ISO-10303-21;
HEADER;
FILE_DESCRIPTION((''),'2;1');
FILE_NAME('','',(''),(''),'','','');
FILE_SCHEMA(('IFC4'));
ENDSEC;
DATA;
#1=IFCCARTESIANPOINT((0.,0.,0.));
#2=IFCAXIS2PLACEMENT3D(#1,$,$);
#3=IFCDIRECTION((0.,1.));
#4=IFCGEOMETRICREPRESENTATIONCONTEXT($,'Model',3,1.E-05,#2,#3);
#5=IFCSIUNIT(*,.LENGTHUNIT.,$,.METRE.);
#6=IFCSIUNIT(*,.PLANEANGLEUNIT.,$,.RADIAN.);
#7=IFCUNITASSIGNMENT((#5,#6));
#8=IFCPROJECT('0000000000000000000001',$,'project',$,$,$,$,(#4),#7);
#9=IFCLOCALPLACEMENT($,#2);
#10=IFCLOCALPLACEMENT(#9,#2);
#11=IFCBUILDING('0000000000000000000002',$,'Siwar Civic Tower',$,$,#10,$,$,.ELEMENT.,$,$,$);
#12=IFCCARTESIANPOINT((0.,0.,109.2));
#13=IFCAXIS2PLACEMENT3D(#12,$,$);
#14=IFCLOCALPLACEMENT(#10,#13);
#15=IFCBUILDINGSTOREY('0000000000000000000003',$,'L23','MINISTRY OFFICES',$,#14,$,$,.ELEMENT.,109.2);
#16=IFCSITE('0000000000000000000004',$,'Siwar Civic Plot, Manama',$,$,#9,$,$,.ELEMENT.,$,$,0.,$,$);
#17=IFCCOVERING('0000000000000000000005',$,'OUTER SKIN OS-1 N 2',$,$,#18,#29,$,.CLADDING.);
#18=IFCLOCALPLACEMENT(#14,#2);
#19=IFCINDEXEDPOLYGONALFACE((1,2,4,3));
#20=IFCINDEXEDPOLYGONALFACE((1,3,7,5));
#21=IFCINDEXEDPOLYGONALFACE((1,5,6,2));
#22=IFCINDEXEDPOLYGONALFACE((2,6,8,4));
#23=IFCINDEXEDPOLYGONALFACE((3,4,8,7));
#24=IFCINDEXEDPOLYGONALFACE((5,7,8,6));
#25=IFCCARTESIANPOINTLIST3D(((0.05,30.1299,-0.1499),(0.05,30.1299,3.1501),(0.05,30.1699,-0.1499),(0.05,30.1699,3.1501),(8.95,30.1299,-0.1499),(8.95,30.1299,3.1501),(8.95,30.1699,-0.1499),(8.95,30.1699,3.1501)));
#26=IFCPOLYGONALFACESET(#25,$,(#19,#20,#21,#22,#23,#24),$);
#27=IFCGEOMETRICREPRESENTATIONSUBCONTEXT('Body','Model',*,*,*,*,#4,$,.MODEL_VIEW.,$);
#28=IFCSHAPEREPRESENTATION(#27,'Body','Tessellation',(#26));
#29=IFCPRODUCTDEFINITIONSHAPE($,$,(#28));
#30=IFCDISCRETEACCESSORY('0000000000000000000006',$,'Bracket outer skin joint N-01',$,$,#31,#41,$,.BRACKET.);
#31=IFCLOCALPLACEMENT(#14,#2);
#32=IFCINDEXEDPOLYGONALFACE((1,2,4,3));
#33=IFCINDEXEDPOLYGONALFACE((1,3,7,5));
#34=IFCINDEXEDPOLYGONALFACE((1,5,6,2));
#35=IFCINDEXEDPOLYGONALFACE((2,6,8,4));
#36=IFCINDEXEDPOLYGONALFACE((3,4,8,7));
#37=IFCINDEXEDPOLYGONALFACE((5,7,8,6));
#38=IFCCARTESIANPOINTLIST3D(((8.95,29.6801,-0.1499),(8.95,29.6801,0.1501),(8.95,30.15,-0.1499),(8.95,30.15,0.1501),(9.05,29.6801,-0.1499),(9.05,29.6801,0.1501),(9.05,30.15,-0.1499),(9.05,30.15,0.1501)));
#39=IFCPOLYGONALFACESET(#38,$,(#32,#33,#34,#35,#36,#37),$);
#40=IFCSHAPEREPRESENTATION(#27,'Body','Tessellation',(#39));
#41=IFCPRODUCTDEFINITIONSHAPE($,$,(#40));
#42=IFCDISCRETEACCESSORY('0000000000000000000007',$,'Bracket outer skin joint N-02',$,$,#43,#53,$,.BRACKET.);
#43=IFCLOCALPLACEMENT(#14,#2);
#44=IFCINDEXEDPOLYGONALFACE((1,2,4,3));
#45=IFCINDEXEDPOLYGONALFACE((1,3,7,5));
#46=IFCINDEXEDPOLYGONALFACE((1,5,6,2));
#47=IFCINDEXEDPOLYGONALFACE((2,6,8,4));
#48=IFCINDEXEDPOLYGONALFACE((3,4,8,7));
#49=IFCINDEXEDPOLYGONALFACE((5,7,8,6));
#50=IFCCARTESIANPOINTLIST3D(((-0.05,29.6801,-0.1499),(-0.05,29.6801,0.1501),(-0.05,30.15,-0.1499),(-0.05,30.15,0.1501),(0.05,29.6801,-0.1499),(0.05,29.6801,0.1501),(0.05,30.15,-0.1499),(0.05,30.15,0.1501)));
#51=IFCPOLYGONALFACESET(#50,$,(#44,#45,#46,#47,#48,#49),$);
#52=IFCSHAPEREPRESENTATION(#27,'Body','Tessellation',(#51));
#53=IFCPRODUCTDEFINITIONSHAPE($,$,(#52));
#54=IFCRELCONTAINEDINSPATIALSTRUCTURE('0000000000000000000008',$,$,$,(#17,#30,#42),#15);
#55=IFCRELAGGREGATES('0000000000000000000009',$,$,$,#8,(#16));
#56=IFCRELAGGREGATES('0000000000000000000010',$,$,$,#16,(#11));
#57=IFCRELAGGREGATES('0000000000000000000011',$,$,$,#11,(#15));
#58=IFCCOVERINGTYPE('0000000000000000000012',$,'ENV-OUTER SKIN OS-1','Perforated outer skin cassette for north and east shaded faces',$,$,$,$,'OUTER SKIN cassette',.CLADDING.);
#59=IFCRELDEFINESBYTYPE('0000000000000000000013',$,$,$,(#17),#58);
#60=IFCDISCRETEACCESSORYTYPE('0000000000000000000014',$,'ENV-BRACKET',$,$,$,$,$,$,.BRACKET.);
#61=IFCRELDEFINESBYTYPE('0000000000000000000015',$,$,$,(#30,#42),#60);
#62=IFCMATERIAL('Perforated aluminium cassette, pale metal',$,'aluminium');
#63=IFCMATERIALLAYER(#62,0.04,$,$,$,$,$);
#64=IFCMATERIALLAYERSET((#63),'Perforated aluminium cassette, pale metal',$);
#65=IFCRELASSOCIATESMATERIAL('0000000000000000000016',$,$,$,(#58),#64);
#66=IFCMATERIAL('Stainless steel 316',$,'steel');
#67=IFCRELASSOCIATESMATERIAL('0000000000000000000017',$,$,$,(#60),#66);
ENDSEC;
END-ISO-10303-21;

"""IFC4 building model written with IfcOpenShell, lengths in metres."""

from ifc_helpers import new_model, si_unit, direction, frame, origin, origin_2d, place, context, subcontext, project, spatial, rectangle, extrude, material, layer, layer_set, type_object, element, save


model = new_model("IFC4")

# Units and contexts
model_context = context("Model", 3, precision=1e-05, world=origin(), true_north=direction((0.0, 1.0)))
body_context = subcontext(model_context, "Body", "Model", "MODEL_VIEW")
ifc_project = project(units=[si_unit("LENGTHUNIT", "METRE"), si_unit("PLANEANGLEUNIT", "RADIAN")], contexts=[model_context])

# Site, building, storey
site_placement = place(None, origin())
site = spatial("IfcSite", under=ifc_project, at=site_placement, Name="Siwar Civic Plot, Manama", CompositionType="ELEMENT", RefElevation=0.0)
building_placement = place(site_placement, origin())
building = spatial("IfcBuilding", under=site, at=building_placement, Name="Siwar Civic Tower", CompositionType="ELEMENT")
storey_placement = place(building_placement, frame((0.0, 0.0, 109.2)))
storey = spatial("IfcBuildingStorey", under=building, at=storey_placement, Name="L23", Description="MINISTRY OFFICES", CompositionType="ELEMENT", Elevation=109.2)

# Covering
ifc_material_1 = material(Name="Perforated aluminium cassette, pale metal", Category="aluminium")
ifc_layer_1 = layer(ifc_material_1, 0.04)
ifc_layer_set_1 = layer_set([ifc_layer_1], Name="Perforated aluminium cassette, pale metal")
covering_type = type_object("IfcCoveringType", Name="ENV-OUTER SKIN OS-1", Description="Perforated outer skin cassette for north and east shaded faces", ElementType="OUTER SKIN cassette", PredefinedType="CLADDING", material=ifc_layer_set_1)
covering_1_placement = place(storey_placement, frame((4.5, 30.1499, -0.1499), z_axis=(0.0, 0.0, 1.0), x_axis=(-1.0, 0.0, 0.0)))
element("IfcCovering", 1, at=covering_1_placement, inside=storey, type_object=covering_type, Name="OUTER SKIN OS-1 N 2", PredefinedType="CLADDING", context=body_context, shape_type="SweptSolid", body=[
    extrude(rectangle(XDim=8.8999, YDim=0.04, at=origin_2d()), origin(), (0.0, 0.0, 1.0), 3.3),
])

# Discrete accessories
ifc_material_2 = material(Name="Stainless steel 316", Category="steel")
discrete_accessory_type = type_object("IfcDiscreteAccessoryType", Name="ENV-BRACKET", PredefinedType="BRACKET", material=ifc_material_2)
for number, where, z_axis, x_axis, name in (
    (2, (9.0, 29.915, -0.1499), (0.0, 0.0, 1.0), (0.0, 1.0, 0.0), "Bracket outer skin joint N-01"),
    (3, (0.0, 29.915, -0.1499), (0.0, 0.0, 1.0), (0.0, 1.0, 0.0), "Bracket outer skin joint N-02"),
):
    element("IfcDiscreteAccessory", number, at=place(storey_placement, frame(where, z_axis=z_axis, x_axis=x_axis)), inside=storey, type_object=discrete_accessory_type, Name=name, PredefinedType="BRACKET", context=body_context, shape_type="SweptSolid", body=[
        extrude(rectangle(XDim=0.47, YDim=0.1001, at=origin_2d()), origin(), (0.0, 0.0, 1.0), 0.3),
    ])

save(model, "model.ifc")
